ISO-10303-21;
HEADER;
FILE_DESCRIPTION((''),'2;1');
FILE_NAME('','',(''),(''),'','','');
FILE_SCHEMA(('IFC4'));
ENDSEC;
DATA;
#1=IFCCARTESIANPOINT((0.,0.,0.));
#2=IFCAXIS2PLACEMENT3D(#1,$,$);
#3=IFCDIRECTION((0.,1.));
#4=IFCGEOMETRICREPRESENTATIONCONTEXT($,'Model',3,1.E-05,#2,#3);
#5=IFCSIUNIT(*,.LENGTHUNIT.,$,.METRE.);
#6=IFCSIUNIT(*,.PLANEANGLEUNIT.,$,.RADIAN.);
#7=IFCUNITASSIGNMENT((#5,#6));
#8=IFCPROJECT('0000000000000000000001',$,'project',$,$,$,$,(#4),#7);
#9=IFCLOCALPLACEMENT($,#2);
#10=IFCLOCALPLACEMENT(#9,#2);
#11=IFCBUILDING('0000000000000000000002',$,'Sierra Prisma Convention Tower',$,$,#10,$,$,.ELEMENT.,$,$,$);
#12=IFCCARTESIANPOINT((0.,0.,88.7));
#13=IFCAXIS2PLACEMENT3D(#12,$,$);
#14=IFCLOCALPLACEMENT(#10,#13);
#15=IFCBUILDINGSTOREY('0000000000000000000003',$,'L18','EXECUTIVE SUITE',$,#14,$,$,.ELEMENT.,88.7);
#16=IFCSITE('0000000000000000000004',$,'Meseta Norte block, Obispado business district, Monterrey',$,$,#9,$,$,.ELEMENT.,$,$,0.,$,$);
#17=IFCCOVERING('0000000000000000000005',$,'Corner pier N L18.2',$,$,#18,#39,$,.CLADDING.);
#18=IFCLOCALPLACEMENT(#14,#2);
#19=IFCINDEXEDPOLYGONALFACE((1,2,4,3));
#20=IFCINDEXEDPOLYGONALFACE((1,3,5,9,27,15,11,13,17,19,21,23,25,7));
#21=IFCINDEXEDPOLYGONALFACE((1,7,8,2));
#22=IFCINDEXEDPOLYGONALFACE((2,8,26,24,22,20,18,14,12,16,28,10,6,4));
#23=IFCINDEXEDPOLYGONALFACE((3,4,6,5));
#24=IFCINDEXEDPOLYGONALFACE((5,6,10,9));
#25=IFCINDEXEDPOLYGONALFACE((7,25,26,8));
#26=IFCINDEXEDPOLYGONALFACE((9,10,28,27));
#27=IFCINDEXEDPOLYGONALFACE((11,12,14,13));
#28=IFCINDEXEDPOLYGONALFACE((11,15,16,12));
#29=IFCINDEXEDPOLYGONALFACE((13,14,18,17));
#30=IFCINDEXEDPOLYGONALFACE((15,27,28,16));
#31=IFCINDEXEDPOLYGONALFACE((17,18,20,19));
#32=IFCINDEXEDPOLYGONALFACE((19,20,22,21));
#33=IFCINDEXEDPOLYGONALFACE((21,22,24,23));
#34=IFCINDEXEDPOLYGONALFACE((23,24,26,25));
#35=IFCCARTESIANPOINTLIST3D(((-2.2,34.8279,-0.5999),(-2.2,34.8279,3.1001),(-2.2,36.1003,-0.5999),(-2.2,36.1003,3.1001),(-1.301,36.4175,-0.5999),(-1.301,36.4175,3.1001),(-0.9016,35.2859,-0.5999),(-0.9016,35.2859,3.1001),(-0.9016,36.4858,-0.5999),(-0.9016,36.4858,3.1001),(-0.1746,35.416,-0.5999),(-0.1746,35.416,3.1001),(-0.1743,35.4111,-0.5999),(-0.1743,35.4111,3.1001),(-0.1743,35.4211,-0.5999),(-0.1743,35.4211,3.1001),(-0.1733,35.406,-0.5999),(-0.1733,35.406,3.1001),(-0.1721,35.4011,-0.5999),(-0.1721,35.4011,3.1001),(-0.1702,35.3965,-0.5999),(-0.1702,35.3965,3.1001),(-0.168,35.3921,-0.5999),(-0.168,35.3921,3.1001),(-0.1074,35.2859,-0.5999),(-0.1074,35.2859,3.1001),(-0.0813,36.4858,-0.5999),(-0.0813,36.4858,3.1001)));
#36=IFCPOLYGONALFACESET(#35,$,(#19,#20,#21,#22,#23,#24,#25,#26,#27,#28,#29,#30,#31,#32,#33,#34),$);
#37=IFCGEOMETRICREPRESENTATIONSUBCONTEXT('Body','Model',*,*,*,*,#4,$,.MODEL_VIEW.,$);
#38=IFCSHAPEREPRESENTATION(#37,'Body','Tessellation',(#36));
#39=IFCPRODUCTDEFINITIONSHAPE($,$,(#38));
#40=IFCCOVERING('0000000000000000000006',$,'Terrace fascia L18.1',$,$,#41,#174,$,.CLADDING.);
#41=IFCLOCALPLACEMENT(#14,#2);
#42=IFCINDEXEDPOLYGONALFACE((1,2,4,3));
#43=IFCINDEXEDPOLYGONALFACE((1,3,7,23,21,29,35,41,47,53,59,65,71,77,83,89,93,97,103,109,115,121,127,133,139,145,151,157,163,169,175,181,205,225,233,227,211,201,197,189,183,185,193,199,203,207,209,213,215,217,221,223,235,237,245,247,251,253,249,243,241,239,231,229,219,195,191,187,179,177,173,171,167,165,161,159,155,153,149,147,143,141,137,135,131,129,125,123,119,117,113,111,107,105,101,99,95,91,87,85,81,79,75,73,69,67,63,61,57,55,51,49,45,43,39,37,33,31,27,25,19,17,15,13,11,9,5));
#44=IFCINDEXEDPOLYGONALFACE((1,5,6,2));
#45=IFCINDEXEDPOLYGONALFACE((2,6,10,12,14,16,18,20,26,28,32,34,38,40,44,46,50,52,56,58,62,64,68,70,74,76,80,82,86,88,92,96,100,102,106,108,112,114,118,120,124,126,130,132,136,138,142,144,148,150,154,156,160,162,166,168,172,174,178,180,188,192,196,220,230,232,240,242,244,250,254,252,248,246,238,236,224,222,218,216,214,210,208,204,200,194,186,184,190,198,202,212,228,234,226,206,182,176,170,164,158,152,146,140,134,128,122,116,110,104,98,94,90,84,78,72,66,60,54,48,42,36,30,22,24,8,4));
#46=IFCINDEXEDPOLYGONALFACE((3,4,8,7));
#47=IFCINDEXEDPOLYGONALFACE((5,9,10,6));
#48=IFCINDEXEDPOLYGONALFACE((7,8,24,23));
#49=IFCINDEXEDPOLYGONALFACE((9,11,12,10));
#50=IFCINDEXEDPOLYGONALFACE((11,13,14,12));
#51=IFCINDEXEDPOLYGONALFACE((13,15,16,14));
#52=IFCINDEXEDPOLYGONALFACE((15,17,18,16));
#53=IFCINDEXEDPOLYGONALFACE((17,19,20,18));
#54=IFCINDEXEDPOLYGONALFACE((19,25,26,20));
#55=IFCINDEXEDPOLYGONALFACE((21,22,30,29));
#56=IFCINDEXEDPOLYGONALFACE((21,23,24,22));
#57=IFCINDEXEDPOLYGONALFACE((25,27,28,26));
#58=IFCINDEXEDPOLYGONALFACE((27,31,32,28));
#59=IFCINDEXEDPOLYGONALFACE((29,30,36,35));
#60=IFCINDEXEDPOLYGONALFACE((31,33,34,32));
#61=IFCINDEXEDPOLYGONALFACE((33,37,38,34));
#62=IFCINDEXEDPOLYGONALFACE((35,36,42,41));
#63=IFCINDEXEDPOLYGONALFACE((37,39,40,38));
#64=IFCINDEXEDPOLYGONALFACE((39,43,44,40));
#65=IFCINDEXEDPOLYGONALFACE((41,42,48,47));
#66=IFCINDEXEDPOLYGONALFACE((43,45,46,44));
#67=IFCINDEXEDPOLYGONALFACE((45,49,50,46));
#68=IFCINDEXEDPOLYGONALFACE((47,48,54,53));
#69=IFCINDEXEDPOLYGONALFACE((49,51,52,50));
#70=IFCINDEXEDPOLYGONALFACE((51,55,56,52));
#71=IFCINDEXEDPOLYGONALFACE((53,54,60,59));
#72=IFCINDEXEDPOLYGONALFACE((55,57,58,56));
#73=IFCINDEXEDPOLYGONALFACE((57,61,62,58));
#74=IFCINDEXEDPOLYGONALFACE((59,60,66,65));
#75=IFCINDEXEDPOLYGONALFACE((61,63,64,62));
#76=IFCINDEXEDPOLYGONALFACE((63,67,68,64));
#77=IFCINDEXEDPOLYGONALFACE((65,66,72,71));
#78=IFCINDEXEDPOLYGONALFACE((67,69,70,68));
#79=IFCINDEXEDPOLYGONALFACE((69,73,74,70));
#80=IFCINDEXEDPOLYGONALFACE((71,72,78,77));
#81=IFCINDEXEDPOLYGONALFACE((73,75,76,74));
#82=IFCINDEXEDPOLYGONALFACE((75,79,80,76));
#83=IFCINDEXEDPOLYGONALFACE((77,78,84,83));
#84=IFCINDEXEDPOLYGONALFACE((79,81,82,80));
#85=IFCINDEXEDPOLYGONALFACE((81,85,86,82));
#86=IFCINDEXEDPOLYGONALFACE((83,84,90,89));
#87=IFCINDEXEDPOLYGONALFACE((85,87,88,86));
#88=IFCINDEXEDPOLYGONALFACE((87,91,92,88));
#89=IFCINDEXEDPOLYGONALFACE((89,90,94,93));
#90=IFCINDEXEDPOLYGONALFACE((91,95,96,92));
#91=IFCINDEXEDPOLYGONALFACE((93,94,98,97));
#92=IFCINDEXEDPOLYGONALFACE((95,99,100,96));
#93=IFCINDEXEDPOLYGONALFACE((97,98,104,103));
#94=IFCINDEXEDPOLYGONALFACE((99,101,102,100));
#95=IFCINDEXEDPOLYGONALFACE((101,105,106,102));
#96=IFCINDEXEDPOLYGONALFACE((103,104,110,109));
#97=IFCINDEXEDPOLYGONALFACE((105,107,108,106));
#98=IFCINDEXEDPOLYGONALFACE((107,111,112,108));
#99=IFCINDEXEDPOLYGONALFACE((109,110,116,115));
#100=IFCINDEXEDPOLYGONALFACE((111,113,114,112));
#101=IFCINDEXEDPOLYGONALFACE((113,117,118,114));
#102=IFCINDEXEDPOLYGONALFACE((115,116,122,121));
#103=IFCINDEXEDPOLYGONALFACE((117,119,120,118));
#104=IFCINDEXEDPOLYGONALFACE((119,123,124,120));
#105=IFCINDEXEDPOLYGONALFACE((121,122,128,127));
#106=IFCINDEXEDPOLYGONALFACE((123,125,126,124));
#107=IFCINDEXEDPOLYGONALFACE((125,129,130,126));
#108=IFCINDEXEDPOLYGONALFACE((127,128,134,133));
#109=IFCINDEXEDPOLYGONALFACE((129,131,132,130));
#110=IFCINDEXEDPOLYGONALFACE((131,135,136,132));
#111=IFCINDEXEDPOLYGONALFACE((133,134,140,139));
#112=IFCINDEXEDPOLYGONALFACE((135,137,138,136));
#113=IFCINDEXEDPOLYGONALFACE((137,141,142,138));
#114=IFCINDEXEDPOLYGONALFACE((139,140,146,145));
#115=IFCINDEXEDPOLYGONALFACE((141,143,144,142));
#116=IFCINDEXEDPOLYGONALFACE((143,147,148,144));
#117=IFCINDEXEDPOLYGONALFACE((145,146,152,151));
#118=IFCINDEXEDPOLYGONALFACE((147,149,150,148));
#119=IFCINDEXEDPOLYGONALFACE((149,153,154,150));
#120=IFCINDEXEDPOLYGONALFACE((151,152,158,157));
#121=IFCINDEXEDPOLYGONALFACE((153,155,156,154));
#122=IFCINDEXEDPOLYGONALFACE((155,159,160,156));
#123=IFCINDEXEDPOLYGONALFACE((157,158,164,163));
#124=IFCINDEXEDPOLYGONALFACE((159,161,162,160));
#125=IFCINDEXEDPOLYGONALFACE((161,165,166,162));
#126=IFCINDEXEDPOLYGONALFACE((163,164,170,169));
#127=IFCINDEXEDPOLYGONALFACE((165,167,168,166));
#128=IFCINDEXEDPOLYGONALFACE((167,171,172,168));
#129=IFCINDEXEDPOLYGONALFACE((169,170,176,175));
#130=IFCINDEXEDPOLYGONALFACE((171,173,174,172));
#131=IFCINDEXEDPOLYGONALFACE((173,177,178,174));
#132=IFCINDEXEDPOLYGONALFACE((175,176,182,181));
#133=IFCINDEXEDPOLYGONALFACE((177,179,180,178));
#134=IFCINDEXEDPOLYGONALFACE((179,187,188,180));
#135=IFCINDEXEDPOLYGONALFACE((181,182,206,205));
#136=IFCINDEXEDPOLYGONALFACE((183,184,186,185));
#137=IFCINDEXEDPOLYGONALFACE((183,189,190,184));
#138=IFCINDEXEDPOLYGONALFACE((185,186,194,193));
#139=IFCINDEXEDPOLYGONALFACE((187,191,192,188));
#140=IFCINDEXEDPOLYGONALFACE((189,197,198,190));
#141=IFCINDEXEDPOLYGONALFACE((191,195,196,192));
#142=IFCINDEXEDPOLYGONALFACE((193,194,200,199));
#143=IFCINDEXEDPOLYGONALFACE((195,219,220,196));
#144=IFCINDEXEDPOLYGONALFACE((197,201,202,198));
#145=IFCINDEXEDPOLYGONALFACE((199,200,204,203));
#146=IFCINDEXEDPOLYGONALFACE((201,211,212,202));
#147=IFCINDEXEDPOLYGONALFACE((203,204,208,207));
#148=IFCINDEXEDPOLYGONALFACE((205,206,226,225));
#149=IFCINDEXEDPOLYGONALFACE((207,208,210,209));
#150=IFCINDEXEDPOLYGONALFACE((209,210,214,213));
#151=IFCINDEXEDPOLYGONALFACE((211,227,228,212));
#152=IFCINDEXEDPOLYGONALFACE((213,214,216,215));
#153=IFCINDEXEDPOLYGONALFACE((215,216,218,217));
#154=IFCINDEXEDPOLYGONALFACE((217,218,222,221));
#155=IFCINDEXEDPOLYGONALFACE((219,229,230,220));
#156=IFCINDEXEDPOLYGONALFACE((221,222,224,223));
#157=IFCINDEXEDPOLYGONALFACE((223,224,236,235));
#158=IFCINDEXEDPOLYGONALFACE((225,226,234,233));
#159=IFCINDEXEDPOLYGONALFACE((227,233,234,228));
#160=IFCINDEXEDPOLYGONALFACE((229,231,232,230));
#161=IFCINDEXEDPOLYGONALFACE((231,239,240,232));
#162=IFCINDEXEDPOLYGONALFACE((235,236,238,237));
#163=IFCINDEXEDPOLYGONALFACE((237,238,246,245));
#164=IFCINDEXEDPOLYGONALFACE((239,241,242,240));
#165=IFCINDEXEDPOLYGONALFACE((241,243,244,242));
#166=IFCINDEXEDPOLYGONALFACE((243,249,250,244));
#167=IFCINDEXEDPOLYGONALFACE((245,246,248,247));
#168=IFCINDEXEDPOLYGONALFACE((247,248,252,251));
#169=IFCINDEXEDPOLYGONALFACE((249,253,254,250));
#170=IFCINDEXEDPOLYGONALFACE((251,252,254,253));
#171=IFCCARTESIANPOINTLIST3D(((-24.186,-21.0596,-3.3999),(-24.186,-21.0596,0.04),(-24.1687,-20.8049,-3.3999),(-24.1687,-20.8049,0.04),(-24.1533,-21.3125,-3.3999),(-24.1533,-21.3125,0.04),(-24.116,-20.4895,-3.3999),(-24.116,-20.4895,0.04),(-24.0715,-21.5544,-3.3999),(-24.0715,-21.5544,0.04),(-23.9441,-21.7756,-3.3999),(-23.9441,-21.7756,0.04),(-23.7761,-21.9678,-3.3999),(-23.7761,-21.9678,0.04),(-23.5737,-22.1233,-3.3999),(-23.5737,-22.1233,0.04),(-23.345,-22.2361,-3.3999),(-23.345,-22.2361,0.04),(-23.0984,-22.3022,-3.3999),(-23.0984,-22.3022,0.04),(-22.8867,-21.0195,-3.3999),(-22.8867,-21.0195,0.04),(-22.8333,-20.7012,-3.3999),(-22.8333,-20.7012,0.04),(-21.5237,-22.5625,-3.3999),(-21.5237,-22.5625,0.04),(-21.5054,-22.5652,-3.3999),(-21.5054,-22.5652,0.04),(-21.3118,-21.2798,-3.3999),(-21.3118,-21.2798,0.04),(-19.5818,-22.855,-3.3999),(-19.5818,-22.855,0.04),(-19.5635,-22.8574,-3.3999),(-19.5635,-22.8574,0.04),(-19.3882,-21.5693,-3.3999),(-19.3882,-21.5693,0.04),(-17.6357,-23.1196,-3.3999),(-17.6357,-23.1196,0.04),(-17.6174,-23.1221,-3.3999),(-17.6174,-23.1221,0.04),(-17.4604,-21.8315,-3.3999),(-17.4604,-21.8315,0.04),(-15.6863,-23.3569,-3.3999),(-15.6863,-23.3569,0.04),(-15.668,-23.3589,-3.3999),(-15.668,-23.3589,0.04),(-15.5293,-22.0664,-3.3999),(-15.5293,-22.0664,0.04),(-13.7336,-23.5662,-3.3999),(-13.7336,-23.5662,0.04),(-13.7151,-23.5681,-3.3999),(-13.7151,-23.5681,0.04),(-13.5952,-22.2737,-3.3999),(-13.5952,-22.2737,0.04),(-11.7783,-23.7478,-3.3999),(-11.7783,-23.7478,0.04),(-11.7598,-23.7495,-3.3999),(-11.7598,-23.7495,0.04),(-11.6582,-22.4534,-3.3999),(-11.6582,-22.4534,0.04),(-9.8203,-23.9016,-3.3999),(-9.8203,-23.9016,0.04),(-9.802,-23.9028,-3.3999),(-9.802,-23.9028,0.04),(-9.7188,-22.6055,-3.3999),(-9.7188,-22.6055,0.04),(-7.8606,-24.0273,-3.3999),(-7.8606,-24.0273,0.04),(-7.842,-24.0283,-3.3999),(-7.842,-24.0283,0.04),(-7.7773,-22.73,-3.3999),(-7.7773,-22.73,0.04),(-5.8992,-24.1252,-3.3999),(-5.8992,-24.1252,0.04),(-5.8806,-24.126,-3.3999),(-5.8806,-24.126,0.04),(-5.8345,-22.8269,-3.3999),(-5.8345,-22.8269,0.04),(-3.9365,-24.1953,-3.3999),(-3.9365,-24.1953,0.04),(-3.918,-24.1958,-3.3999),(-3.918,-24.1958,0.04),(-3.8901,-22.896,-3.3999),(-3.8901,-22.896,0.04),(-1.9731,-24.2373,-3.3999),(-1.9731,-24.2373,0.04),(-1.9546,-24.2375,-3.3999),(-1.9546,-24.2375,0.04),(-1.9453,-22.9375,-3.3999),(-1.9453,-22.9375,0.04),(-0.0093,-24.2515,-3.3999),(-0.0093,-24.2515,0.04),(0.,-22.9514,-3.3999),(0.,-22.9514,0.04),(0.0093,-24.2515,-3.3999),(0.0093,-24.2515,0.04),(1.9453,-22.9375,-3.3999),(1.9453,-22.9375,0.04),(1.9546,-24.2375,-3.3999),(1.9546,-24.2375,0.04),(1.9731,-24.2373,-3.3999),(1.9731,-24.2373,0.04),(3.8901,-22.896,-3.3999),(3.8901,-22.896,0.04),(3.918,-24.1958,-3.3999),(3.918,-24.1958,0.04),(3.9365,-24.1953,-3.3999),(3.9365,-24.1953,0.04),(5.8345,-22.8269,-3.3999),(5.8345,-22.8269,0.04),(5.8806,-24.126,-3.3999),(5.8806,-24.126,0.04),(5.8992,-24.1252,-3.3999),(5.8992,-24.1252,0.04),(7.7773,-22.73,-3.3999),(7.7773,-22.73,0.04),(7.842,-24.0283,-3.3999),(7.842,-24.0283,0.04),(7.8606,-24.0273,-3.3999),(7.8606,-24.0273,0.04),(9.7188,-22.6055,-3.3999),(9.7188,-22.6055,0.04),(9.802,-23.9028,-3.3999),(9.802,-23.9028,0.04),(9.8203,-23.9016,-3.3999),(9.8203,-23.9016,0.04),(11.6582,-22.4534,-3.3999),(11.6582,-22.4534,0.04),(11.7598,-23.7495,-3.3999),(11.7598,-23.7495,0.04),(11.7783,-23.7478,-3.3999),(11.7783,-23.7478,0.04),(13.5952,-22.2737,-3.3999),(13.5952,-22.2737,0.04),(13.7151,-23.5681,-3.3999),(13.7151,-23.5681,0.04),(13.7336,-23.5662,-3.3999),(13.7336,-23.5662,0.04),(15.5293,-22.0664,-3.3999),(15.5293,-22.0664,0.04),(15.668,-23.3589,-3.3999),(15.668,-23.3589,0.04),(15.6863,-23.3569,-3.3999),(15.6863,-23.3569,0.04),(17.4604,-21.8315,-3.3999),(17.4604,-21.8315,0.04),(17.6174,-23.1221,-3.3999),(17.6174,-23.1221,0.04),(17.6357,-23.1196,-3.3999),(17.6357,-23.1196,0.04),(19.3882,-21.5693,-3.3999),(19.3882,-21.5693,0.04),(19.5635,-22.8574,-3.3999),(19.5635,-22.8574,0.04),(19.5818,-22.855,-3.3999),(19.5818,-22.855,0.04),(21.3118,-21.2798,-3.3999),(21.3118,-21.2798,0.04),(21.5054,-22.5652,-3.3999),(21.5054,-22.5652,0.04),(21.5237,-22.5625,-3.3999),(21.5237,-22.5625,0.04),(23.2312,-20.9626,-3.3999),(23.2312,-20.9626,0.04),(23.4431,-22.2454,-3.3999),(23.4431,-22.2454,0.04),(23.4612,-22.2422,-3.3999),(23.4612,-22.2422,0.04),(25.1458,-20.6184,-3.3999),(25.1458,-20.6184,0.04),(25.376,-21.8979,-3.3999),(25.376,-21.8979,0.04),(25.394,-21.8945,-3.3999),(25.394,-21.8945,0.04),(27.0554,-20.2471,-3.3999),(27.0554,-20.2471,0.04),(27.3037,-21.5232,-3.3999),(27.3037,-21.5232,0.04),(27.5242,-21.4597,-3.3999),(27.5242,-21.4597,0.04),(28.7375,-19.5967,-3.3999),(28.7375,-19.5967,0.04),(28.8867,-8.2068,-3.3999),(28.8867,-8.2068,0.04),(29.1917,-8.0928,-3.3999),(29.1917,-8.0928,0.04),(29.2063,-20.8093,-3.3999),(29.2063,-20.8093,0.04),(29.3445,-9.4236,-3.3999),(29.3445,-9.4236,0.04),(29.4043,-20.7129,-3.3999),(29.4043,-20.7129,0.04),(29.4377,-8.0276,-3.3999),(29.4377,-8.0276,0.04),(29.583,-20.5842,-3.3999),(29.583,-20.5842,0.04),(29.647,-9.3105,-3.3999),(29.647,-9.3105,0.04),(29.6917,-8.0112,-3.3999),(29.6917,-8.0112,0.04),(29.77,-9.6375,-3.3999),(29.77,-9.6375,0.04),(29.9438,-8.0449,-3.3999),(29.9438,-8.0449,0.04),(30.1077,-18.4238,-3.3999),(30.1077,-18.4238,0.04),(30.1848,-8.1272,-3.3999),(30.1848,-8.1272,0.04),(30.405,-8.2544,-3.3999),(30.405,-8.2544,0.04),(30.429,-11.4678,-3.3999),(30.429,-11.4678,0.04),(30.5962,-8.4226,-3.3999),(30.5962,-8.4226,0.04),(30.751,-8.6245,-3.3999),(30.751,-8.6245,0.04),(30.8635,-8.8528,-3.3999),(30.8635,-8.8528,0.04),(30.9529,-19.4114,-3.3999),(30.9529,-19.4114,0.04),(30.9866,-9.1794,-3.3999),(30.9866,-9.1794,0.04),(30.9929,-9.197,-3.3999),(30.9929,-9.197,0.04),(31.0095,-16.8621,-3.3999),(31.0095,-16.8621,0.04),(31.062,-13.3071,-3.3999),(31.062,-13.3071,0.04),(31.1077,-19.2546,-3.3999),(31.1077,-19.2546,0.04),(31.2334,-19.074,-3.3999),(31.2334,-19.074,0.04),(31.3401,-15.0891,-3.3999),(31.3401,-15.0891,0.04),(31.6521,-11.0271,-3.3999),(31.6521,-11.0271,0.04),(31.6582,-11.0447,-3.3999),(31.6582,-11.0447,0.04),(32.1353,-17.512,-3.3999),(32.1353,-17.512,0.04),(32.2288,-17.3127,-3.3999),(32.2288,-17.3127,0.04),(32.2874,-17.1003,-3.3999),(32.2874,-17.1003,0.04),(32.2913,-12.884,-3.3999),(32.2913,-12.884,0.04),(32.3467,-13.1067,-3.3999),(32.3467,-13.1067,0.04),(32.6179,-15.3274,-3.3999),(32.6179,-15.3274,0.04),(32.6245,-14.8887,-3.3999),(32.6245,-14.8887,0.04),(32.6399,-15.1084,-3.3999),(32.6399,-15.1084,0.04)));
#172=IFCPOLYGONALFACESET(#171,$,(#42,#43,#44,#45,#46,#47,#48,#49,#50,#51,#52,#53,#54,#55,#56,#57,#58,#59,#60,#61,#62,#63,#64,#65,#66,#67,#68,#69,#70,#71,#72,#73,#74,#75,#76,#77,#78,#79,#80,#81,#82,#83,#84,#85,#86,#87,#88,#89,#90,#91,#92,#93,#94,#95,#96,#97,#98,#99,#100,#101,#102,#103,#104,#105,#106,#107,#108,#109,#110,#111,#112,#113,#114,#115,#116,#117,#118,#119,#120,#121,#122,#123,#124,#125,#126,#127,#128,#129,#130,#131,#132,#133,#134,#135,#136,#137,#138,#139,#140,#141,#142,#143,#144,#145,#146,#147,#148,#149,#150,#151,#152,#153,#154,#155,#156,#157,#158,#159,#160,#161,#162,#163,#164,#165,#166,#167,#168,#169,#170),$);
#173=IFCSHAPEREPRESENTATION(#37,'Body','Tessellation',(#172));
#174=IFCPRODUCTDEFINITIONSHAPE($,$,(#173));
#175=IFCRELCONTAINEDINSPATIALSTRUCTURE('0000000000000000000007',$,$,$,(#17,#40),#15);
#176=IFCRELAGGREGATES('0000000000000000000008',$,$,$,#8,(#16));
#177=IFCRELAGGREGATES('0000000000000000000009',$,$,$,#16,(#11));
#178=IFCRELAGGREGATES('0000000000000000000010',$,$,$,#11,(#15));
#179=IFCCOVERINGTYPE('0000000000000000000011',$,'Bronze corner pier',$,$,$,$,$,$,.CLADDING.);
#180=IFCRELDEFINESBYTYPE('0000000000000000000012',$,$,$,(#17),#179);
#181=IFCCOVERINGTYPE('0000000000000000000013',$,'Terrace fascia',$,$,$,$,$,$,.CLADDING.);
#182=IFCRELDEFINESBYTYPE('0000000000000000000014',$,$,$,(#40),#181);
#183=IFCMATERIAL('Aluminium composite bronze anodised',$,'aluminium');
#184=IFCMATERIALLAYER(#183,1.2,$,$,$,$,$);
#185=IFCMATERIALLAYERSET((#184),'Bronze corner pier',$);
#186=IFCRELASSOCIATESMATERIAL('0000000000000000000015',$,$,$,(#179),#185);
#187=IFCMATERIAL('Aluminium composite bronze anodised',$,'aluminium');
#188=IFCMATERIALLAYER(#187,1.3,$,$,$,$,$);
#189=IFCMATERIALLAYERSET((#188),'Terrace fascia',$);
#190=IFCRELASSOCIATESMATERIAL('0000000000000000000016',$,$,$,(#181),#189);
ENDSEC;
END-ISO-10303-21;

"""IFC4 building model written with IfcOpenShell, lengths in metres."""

from ifc_helpers import new_model, si_unit, direction, frame, origin, place, context, subcontext, project, spatial, polyline, outline, extrude, material, layer, layer_set, type_object, element, save


model = new_model("IFC4")

# Units and contexts
model_context = context("Model", 3, precision=1e-05, world=origin(), true_north=direction((0.0, 1.0)))
body_context = subcontext(model_context, "Body", "Model", "MODEL_VIEW")
ifc_project = project(units=[si_unit("LENGTHUNIT", "METRE"), si_unit("PLANEANGLEUNIT", "RADIAN")], contexts=[model_context])

# Site, building, storey
site_placement = place(None, origin())
site = spatial("IfcSite", under=ifc_project, at=site_placement, Name="Meseta Norte block, Obispado business district, Monterrey", CompositionType="ELEMENT", RefElevation=0.0)
building_placement = place(site_placement, origin())
building = spatial("IfcBuilding", under=site, at=building_placement, Name="Sierra Prisma Convention Tower", CompositionType="ELEMENT")
storey_placement = place(building_placement, frame((0.0, 0.0, 88.7)))
storey = spatial("IfcBuildingStorey", under=building, at=storey_placement, Name="L18", Description="EXECUTIVE SUITE", CompositionType="ELEMENT", Elevation=88.7)

# Coverings
ifc_material_1 = material(Name="Aluminium composite bronze anodised", Category="aluminium")
ifc_layer_1 = layer(ifc_material_1, 1.2)
ifc_layer_set_1 = layer_set([ifc_layer_1], Name="Bronze corner pier")
covering_type_1 = type_object("IfcCoveringType", Name="Bronze corner pier", PredefinedType="CLADDING", material=ifc_layer_set_1)
covering_1_placement = place(storey_placement, frame((0.0, 0.0, -0.5999)))
element("IfcCovering", 1, at=covering_1_placement, inside=storey, type_object=covering_type_1, Name="Corner pier N L18.2", PredefinedType="CLADDING", context=body_context, shape_type="SweptSolid", body=[
    extrude(outline(polyline([(-0.9016, 36.4858), (-0.0813, 36.4858), (-0.1743, 35.4211), (-0.1746, 35.416), (-0.1743, 35.4111), (-0.1733, 35.406), (-0.1721, 35.4011), (-0.1702, 35.3965), (-0.168, 35.3921), (-0.1074, 35.2859), (-0.9016, 35.2859), (-2.2, 34.8279), (-2.2, 36.1003), (-1.301, 36.4175), (-0.9016, 36.4858)])), origin(), (0.0, 0.0, 1.0), 3.7),
])
ifc_material_2 = material(Name="Aluminium composite bronze anodised", Category="aluminium")
ifc_layer_2 = layer(ifc_material_2, 1.3)
ifc_layer_set_2 = layer_set([ifc_layer_2], Name="Terrace fascia")
covering_type_2 = type_object("IfcCoveringType", Name="Terrace fascia", PredefinedType="CLADDING", material=ifc_layer_set_2)
covering_2_placement = place(storey_placement, frame((0.0, 0.0, -3.3999)))
element("IfcCovering", 2, at=covering_2_placement, inside=storey, type_object=covering_type_2, Name="Terrace fascia L18.1", PredefinedType="CLADDING", context=body_context, shape_type="SweptSolid", body=[
    extrude(outline(polyline([(29.1917, -8.0928), (29.4377, -8.0276), (29.6917, -8.0112), (29.9438, -8.0449), (30.1848, -8.1272), (30.405, -8.2544), (30.5962, -8.4226), (30.751, -8.6245), (30.8635, -8.8528), (30.9866, -9.1794), (30.9929, -9.197), (31.6521, -11.0271), (31.6582, -11.0447), (32.2913, -12.884), (32.3467, -13.1067), (32.6245, -14.8887), (32.6399, -15.1084), (32.6179, -15.3274), (32.2874, -17.1003), (32.2288, -17.3127), (32.1353, -17.512), (31.2334, -19.074), (31.1077, -19.2546), (30.9529, -19.4114), (29.583, -20.5842), (29.4043, -20.7129), (29.2063, -20.8093), (27.5242, -21.4597), (27.3037, -21.5232), (25.394, -21.8945), (25.376, -21.8979), (23.4612, -22.2422), (23.4431, -22.2454), (21.5237, -22.5625), (21.5054, -22.5652), (19.5818, -22.855), (19.5635, -22.8574), (17.6357, -23.1196), (17.6174, -23.1221), (15.6863, -23.3569), (15.668, -23.3589), (13.7336, -23.5662), (13.7151, -23.5681), (11.7783, -23.7478), (11.7598, -23.7495), (9.8203, -23.9016), (9.802, -23.9028), (7.8606, -24.0273), (7.842, -24.0283), (5.8992, -24.1252), (5.8806, -24.126), (3.9365, -24.1953), (3.918, -24.1958), (1.9731, -24.2373), (1.9546, -24.2375), (0.0093, -24.2515), (-0.0093, -24.2515), (-1.9546, -24.2375), (-1.9731, -24.2373), (-3.918, -24.1958), (-3.9365, -24.1953), (-5.8806, -24.126), (-5.8992, -24.1252), (-7.842, -24.0283), (-7.8606, -24.0273), (-9.802, -23.9028), (-9.8203, -23.9016), (-11.7598, -23.7495), (-11.7783, -23.7478), (-13.7151, -23.5681), (-13.7336, -23.5662), (-15.668, -23.3589), (-15.6863, -23.3569), (-17.6174, -23.1221), (-17.6357, -23.1196), (-19.5635, -22.8574), (-19.5818, -22.855), (-21.5054, -22.5652), (-21.5237, -22.5625), (-23.0984, -22.3022), (-23.345, -22.2361), (-23.5737, -22.1233), (-23.7761, -21.9678), (-23.9441, -21.7756), (-24.0715, -21.5544), (-24.1533, -21.3125), (-24.186, -21.0596), (-24.1687, -20.8049), (-24.116, -20.4895), (-22.8333, -20.7012), (-22.8867, -21.0195), (-21.3118, -21.2798), (-19.3882, -21.5693), (-17.4604, -21.8315), (-15.5293, -22.0664), (-13.5952, -22.2737), (-11.6582, -22.4534), (-9.7188, -22.6055), (-7.7773, -22.73), (-5.8345, -22.8269), (-3.8901, -22.896), (-1.9453, -22.9375), (0.0, -22.9514), (1.9453, -22.9375), (3.8901, -22.896), (5.8345, -22.8269), (7.7773, -22.73), (9.7188, -22.6055), (11.6582, -22.4534), (13.5952, -22.2737), (15.5293, -22.0664), (17.4604, -21.8315), (19.3882, -21.5693), (21.3118, -21.2798), (23.2312, -20.9626), (25.1458, -20.6184), (27.0554, -20.2471), (28.7375, -19.5967), (30.1077, -18.4238), (31.0095, -16.8621), (31.3401, -15.0891), (31.062, -13.3071), (30.429, -11.4678), (29.77, -9.6375), (29.647, -9.3105), (29.3445, -9.4236), (28.8867, -8.2068), (29.1917, -8.0928)])), origin(), (0.0, 0.0, 1.0), 3.4399),
])

save(model, "model.ifc")
